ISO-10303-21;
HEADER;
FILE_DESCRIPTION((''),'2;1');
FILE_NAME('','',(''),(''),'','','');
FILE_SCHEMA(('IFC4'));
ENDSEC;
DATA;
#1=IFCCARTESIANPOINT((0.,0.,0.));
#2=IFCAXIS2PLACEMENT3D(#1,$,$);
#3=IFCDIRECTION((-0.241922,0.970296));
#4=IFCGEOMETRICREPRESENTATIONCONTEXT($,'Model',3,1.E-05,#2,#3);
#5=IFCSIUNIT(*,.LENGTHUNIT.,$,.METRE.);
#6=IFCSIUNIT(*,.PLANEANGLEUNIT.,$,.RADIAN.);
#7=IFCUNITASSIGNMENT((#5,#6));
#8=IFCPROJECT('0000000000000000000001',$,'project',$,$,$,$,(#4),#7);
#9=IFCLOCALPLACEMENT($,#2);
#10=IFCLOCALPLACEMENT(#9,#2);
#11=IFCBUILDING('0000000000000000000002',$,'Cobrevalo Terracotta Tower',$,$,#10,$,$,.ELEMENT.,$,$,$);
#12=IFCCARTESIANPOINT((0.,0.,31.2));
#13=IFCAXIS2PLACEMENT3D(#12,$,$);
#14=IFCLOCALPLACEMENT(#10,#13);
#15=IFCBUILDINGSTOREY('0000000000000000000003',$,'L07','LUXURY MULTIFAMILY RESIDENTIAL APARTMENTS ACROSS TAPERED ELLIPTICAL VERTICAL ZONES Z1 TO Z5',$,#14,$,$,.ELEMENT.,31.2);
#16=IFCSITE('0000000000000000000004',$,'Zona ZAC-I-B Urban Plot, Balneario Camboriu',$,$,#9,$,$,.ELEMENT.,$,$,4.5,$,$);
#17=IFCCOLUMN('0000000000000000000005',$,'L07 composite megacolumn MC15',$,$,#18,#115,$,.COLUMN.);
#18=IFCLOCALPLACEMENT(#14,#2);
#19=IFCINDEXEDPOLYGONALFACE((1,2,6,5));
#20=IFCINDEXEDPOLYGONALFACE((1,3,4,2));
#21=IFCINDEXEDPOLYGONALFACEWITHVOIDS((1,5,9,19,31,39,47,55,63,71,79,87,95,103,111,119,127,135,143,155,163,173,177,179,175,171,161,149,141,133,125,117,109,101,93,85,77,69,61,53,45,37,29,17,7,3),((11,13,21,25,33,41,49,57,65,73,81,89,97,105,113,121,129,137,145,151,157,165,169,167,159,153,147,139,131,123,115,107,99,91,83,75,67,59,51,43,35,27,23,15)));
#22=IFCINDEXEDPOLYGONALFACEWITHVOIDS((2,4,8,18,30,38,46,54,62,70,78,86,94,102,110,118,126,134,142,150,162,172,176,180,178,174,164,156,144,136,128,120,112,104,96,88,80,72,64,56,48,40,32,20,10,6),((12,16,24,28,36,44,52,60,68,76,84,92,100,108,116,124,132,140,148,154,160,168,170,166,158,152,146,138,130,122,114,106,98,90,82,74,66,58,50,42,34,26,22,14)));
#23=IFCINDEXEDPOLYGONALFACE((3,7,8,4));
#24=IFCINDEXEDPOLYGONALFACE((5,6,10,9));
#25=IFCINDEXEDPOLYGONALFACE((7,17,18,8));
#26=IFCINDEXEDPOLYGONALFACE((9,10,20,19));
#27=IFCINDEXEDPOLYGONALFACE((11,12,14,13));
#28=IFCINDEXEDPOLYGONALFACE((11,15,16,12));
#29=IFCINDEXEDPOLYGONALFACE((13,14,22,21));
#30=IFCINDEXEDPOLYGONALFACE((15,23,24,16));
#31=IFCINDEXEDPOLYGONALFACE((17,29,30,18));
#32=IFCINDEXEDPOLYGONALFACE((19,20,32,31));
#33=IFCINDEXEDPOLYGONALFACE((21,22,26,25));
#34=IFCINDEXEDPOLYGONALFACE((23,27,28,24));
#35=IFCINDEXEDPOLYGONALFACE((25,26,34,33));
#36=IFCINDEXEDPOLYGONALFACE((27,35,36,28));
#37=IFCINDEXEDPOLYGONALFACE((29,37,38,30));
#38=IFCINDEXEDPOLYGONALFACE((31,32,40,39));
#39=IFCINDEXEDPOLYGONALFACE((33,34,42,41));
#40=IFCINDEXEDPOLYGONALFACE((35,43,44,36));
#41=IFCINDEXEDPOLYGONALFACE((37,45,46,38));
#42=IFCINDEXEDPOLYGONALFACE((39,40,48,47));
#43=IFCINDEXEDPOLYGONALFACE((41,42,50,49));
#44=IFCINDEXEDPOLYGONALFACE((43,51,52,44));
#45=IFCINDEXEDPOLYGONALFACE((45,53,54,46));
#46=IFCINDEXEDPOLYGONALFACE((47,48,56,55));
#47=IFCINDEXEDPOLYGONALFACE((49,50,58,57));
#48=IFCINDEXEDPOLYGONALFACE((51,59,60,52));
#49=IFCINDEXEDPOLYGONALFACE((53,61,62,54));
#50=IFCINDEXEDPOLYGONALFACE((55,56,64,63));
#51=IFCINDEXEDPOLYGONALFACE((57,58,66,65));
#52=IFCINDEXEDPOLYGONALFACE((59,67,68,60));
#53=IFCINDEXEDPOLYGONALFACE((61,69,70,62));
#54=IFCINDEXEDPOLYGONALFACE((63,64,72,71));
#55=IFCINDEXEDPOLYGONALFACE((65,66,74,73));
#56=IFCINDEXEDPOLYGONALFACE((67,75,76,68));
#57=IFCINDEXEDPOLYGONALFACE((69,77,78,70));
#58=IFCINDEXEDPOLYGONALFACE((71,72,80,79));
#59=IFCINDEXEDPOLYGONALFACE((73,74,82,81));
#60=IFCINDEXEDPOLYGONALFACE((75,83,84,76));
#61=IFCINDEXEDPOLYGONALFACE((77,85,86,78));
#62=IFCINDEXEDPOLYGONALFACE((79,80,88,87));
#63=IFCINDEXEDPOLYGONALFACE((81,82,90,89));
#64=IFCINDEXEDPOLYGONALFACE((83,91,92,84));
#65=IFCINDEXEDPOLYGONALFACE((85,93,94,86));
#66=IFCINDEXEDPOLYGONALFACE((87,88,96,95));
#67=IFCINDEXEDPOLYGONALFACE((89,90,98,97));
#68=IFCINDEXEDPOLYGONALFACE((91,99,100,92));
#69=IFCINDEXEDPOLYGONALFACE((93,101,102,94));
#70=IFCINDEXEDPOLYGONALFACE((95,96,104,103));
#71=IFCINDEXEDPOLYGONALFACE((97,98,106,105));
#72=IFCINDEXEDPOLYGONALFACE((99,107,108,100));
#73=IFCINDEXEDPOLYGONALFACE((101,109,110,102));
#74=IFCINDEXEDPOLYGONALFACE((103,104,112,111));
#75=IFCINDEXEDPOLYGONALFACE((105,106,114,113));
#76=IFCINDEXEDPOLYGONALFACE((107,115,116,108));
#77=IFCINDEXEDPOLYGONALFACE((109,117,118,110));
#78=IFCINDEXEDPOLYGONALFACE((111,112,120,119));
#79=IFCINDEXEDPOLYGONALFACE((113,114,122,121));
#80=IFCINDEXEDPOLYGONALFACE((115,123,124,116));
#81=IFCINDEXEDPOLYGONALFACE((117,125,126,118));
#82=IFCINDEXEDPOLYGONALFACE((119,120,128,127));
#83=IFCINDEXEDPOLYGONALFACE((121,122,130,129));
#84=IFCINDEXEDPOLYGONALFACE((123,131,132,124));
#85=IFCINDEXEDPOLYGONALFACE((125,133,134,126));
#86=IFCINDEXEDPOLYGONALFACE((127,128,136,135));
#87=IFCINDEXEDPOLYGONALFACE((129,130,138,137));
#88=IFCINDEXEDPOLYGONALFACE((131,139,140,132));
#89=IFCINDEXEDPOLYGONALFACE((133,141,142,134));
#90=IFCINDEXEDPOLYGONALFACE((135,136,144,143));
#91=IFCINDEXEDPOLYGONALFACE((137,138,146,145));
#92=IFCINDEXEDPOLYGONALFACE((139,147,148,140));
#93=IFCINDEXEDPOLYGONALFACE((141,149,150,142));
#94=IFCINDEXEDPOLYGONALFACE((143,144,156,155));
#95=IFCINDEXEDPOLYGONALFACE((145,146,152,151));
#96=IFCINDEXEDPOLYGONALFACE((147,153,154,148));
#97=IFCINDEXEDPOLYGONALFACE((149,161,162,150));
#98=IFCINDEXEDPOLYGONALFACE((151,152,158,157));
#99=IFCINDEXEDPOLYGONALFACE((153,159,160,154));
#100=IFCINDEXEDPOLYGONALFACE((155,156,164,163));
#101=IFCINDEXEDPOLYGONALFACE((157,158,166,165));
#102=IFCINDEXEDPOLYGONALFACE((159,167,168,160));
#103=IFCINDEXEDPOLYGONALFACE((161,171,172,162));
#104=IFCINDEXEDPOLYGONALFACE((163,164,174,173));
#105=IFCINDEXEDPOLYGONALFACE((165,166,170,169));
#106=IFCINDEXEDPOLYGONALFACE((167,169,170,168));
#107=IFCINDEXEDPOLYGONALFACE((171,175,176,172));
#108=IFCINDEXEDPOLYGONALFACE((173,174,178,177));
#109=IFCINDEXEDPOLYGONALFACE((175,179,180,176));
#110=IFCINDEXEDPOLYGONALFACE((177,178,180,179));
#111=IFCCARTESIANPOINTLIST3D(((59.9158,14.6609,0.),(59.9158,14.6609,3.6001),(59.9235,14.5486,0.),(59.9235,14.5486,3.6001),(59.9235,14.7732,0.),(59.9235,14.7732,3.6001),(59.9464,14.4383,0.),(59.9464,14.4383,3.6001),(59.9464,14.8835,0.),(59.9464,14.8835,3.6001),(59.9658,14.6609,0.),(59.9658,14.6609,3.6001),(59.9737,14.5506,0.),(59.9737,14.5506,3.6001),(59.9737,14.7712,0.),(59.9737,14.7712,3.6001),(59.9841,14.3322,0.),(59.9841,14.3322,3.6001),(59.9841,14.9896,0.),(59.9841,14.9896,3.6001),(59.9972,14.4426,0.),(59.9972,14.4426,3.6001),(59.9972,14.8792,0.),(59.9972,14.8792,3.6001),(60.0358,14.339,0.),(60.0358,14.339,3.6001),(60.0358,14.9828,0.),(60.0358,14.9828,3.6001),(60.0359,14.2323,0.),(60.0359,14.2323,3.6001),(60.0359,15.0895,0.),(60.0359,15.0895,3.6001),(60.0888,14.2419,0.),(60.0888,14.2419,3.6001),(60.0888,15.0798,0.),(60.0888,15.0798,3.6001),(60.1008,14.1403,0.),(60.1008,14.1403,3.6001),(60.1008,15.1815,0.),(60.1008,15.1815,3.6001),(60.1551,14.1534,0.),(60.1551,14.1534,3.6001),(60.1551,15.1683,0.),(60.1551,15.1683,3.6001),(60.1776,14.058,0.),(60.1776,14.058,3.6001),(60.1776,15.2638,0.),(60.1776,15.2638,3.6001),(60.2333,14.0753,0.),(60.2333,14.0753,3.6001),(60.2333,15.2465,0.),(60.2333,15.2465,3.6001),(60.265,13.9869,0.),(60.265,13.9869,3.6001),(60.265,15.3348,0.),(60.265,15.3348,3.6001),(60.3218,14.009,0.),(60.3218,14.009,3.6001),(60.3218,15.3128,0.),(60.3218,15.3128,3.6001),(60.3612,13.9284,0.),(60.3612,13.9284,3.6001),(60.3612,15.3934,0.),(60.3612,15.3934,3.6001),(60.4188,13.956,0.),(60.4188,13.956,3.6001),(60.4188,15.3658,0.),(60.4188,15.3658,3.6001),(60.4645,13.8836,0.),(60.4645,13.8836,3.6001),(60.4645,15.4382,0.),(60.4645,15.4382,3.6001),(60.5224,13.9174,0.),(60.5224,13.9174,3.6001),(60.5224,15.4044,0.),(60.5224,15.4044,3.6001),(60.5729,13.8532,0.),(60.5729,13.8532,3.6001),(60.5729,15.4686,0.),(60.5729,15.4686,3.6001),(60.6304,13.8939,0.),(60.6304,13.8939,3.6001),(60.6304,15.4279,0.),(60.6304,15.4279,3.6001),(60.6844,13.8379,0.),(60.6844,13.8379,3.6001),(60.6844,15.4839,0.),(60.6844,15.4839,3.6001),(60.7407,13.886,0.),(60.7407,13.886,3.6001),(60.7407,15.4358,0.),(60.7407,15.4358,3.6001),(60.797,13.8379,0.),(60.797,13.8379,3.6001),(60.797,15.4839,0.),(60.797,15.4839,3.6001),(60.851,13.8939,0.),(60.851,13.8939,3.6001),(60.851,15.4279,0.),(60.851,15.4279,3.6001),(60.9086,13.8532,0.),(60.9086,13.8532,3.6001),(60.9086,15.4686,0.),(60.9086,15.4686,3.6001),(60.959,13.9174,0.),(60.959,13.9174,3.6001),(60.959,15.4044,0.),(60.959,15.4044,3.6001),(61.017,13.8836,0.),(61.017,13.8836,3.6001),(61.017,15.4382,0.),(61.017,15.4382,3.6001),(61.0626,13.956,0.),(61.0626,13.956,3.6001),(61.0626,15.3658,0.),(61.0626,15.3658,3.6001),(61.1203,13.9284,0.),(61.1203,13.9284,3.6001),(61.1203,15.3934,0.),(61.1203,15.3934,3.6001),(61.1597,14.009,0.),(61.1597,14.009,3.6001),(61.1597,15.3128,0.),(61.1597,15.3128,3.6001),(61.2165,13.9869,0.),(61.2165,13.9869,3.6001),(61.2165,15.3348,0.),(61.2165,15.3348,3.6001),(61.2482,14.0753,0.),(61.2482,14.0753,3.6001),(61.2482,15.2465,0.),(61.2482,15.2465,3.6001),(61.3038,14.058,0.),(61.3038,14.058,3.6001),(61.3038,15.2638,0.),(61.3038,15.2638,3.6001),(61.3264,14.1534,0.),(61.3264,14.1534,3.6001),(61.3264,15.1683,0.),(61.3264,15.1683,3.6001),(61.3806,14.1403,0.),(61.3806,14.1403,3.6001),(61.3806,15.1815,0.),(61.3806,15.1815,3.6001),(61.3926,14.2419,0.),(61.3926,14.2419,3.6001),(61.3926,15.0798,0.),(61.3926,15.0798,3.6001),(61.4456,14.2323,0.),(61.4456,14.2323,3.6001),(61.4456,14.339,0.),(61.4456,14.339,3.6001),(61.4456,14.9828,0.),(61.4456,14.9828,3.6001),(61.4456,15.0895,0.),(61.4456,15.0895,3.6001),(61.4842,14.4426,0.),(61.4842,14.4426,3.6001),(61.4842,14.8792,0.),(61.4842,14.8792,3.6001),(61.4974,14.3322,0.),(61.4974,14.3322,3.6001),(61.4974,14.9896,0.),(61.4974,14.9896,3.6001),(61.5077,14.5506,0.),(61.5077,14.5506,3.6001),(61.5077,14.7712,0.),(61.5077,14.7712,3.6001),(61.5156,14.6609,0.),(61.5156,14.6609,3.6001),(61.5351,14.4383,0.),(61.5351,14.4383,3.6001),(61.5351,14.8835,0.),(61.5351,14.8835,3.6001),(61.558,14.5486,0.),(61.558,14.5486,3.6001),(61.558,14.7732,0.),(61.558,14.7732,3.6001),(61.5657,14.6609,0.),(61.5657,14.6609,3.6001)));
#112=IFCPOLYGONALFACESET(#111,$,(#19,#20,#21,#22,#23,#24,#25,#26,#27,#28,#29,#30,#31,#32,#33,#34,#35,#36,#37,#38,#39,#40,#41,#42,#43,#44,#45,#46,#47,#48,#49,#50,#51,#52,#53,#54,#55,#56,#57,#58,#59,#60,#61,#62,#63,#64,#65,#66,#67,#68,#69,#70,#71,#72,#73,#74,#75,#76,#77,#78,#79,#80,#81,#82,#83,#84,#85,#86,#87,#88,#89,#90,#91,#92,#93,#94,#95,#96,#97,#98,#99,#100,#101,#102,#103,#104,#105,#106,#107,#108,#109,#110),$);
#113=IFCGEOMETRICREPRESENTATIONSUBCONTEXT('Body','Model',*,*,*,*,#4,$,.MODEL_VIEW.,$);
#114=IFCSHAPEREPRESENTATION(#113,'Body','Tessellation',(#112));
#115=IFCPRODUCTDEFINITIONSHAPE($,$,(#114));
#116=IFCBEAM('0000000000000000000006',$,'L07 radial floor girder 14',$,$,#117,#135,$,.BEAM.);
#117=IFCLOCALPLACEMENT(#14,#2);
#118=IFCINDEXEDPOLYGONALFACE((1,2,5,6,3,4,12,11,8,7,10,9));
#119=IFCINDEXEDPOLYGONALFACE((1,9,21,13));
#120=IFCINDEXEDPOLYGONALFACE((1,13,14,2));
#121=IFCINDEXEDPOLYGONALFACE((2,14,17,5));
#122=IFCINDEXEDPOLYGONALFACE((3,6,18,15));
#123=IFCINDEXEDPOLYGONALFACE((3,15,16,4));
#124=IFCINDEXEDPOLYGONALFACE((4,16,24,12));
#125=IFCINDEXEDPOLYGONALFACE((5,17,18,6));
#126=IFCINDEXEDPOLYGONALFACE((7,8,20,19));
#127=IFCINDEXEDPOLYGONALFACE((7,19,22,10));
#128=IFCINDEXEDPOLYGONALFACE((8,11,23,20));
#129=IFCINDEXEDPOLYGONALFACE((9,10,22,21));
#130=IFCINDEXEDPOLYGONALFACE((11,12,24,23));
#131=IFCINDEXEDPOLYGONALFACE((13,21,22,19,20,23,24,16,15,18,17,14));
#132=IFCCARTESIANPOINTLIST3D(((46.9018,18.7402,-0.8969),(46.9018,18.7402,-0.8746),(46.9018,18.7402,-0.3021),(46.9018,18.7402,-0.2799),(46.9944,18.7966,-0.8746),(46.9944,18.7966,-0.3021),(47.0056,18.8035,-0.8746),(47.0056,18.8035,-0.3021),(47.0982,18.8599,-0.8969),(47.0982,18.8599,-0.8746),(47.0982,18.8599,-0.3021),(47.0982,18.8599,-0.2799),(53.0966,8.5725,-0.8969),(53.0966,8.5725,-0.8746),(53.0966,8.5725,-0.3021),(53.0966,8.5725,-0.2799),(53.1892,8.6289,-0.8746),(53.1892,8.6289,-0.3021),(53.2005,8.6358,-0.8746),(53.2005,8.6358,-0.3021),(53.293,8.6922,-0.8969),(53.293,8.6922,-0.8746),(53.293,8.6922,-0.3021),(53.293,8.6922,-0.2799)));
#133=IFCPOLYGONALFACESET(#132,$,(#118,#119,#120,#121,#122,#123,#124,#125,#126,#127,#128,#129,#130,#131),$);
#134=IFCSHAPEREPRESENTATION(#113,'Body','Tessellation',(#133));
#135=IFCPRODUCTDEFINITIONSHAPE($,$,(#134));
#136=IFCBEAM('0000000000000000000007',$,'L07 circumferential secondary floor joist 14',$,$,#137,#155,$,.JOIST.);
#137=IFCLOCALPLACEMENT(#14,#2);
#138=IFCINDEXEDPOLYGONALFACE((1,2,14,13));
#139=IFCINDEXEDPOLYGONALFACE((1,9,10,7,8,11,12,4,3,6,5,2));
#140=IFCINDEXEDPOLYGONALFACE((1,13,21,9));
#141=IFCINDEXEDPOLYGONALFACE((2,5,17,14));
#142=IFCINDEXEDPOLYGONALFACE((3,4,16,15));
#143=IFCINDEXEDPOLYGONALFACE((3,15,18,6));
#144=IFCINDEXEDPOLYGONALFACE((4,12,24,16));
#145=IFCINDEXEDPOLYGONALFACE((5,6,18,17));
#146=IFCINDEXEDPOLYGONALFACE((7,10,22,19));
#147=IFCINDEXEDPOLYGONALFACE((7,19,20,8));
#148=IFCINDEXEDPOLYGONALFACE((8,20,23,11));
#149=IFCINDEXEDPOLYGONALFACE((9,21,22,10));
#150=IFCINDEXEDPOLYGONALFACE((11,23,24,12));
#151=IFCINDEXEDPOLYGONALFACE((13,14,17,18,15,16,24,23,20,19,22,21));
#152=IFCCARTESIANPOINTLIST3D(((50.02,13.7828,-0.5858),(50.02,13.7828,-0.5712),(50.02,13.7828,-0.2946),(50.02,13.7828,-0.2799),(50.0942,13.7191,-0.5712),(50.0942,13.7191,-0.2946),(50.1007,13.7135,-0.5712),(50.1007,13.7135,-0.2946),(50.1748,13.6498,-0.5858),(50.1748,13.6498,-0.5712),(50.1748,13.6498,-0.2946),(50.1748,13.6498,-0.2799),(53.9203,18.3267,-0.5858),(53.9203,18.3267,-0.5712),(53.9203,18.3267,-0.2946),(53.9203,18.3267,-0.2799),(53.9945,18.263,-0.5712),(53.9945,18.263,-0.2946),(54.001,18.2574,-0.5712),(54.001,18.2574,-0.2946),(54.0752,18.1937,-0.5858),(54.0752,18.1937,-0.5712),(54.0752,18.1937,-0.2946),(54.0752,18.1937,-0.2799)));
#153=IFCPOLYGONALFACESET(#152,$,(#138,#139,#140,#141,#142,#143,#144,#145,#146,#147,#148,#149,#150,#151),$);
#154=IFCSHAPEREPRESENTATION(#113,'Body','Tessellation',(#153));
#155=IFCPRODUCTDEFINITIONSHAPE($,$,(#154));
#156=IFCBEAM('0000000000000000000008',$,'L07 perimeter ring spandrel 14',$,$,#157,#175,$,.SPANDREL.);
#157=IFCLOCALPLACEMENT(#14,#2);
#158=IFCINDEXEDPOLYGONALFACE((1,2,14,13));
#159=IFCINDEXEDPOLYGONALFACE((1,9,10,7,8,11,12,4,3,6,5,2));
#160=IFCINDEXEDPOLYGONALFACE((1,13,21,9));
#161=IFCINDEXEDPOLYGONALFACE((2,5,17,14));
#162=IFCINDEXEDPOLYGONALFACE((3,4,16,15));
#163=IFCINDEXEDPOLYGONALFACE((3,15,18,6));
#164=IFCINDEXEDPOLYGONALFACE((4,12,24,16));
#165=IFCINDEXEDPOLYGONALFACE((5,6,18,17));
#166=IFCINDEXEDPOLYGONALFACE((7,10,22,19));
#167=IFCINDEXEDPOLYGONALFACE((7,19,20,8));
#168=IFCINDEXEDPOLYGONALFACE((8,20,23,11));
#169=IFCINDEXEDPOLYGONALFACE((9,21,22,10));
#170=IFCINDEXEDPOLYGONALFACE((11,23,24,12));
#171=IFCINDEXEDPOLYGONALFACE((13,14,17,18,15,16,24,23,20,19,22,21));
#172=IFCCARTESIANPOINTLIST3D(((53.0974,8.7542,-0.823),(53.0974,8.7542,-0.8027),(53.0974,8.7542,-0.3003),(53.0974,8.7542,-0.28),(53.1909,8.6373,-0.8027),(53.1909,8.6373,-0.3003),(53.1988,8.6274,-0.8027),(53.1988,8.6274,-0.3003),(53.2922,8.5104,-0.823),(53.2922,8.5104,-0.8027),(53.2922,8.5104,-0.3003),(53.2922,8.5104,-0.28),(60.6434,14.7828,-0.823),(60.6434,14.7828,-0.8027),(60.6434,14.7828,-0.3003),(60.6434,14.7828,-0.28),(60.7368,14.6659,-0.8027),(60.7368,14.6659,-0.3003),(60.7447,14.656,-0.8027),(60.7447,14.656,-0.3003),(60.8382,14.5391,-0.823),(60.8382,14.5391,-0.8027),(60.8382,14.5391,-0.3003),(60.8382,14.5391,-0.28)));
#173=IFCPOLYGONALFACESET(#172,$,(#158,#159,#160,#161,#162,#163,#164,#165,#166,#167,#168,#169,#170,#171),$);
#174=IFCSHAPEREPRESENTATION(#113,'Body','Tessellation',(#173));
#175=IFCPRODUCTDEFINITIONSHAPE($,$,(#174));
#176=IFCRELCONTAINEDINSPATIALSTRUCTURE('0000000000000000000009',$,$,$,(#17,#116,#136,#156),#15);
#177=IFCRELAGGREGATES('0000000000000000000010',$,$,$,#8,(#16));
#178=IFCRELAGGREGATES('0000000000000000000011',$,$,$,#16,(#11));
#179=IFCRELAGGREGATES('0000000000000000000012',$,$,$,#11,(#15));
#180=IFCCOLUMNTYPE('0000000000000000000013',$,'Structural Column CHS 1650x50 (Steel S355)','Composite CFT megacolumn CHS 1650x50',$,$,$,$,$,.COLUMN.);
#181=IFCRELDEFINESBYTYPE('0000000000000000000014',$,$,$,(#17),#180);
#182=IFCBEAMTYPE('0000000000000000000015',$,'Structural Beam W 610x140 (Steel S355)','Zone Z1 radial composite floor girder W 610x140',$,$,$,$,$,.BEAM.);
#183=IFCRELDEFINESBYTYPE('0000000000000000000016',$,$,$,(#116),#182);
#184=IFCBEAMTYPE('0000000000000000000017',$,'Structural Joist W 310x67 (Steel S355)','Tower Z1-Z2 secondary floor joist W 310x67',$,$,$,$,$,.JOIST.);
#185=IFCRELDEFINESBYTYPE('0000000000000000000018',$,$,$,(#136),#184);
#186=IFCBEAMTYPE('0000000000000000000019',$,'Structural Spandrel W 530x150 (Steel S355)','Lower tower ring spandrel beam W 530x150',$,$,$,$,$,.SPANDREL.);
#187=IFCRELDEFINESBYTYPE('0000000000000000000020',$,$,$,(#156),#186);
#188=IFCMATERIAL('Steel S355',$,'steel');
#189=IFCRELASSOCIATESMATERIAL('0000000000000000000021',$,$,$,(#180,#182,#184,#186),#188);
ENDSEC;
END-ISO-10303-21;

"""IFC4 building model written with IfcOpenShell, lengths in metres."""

from ifc_helpers import new_model, si_unit, direction, frame, origin, origin_2d, place, context, subcontext, project, spatial, hollow_circle, i_section, extrude, material, material_profile, profile_set, type_object, element, save


model = new_model("IFC4")

# Units and contexts
model_context = context("Model", 3, precision=1e-05, world=origin(), true_north=direction((-0.241922, 0.970296)))
body_context = subcontext(model_context, "Body", "Model", "MODEL_VIEW")
ifc_project = project(units=[si_unit("LENGTHUNIT", "METRE"), si_unit("PLANEANGLEUNIT", "RADIAN")], contexts=[model_context])

# Site, building, storey
site_placement = place(None, origin())
site = spatial("IfcSite", under=ifc_project, at=site_placement, Name="Zona ZAC-I-B Urban Plot, Balneario Camboriu", CompositionType="ELEMENT", RefElevation=4.5)
building_placement = place(site_placement, origin())
building = spatial("IfcBuilding", under=site, at=building_placement, Name="Cobrevalo Terracotta Tower", CompositionType="ELEMENT")
storey_placement = place(building_placement, frame((0.0, 0.0, 31.2)))
storey = spatial("IfcBuildingStorey", under=building, at=storey_placement, Name="L07", Description="LUXURY MULTIFAMILY RESIDENTIAL APARTMENTS ACROSS TAPERED ELLIPTICAL VERTICAL ZONES Z1 TO Z5", CompositionType="ELEMENT", Elevation=31.2)

# Column
ifc_material_1 = material(Name="Steel S355", Category="steel")
ifc_material_profile_1 = material_profile(ifc_material_1, hollow_circle(Radius=0.825, WallThickness=0.05, at=origin_2d()), Name="CHS 1650x50")
ifc_profile_set_1 = profile_set([ifc_material_profile_1], Name="Steel S355")
column_type = type_object("IfcColumnType", Name="Structural Column CHS 1650x50 (Steel S355)", Description="Composite CFT megacolumn CHS 1650x50", PredefinedType="COLUMN", material=ifc_profile_set_1)
for number, where, z_axis, x_axis, name in (
    (1, (60.7407, 14.6609, 0.0), (0.0, 0.0, 1.0), (1.0, 0.0, 0.0), "L07 composite megacolumn MC15"),
):
    element("IfcColumn", number, at=place(storey_placement, frame(where, z_axis=z_axis, x_axis=x_axis)), inside=storey, type_object=column_type, Name=name, PredefinedType="COLUMN", context=body_context, shape_type="SweptSolid", body=[
        extrude(hollow_circle(Radius=0.825, WallThickness=0.05, at=origin_2d()), origin(), (0.0, 0.0, 1.0), 3.6001),
    ])

# Beams
ifc_material_profile_2 = material_profile(ifc_material_1, i_section(OverallWidth=0.23, OverallDepth=0.6169, WebThickness=0.0132, FlangeThickness=0.0222, at=origin_2d()), Name="W 610x140")
ifc_profile_set_2 = profile_set([ifc_material_profile_2], Name="Steel S355")
beam_type_1 = type_object("IfcBeamType", Name="Structural Beam W 610x140 (Steel S355)", Description="Zone Z1 radial composite floor girder W 610x140", PredefinedType="BEAM", material=ifc_profile_set_2)
beam_1_placement = place(storey_placement, frame((53.1948, 8.6323, -0.5884), z_axis=(-0.520301, 0.853983, 0.0), x_axis=(-0.853983, -0.520301, 0.0)))
element("IfcBeam", 2, at=beam_1_placement, inside=storey, type_object=beam_type_1, Name="L07 radial floor girder 14", PredefinedType="BEAM", context=body_context, shape_type="SweptSolid", body=[
    extrude(i_section(OverallWidth=0.23, OverallDepth=0.6169, WebThickness=0.0132, FlangeThickness=0.0222, at=origin_2d()), origin(), (0.0, 0.0, 1.0), 11.9062),
])
ifc_material_profile_3 = material_profile(ifc_material_1, i_section(OverallWidth=0.2041, OverallDepth=0.3059, WebThickness=0.0085, FlangeThickness=0.0146, at=origin_2d()), Name="W 310x67")
ifc_profile_set_3 = profile_set([ifc_material_profile_3], Name="Steel S355")
beam_type_2 = type_object("IfcBeamType", Name="Structural Joist W 310x67 (Steel S355)", Description="Tower Z1-Z2 secondary floor joist W 310x67", PredefinedType="JOIST", material=ifc_profile_set_3)
beam_2_placement = place(storey_placement, frame((50.0974, 13.7163, -0.4329), z_axis=(0.651328, 0.758796, 0.0), x_axis=(-0.758796, 0.651328, 0.0)))
element("IfcBeam", 3, at=beam_2_placement, inside=storey, type_object=beam_type_2, Name="L07 circumferential secondary floor joist 14", PredefinedType="JOIST", context=body_context, shape_type="SweptSolid", body=[
    extrude(i_section(OverallWidth=0.2041, OverallDepth=0.3059, WebThickness=0.0085, FlangeThickness=0.0146, at=origin_2d()), origin(), (0.0, 0.0, 1.0), 5.9883),
])
ifc_material_profile_4 = material_profile(ifc_material_1, i_section(OverallWidth=0.312, OverallDepth=0.543, WebThickness=0.0127, FlangeThickness=0.0203, at=origin_2d()), Name="W 530x150")
ifc_profile_set_4 = profile_set([ifc_material_profile_4], Name="Steel S355")
beam_type_3 = type_object("IfcBeamType", Name="Structural Spandrel W 530x150 (Steel S355)", Description="Lower tower ring spandrel beam W 530x150", PredefinedType="SPANDREL", material=ifc_profile_set_4)
beam_3_placement = place(storey_placement, frame((53.1948, 8.6323, -0.5515), z_axis=(0.78128, 0.62418, 0.0), x_axis=(-0.62418, 0.78128, 0.0)))
element("IfcBeam", 4, at=beam_3_placement, inside=storey, type_object=beam_type_3, Name="L07 perimeter ring spandrel 14", PredefinedType="SPANDREL", context=body_context, shape_type="SweptSolid", body=[
    extrude(i_section(OverallWidth=0.312, OverallDepth=0.543, WebThickness=0.0127, FlangeThickness=0.0203, at=origin_2d()), origin(), (0.0, 0.0, 1.0), 9.6584),
])

save(model, "model.ifc")
